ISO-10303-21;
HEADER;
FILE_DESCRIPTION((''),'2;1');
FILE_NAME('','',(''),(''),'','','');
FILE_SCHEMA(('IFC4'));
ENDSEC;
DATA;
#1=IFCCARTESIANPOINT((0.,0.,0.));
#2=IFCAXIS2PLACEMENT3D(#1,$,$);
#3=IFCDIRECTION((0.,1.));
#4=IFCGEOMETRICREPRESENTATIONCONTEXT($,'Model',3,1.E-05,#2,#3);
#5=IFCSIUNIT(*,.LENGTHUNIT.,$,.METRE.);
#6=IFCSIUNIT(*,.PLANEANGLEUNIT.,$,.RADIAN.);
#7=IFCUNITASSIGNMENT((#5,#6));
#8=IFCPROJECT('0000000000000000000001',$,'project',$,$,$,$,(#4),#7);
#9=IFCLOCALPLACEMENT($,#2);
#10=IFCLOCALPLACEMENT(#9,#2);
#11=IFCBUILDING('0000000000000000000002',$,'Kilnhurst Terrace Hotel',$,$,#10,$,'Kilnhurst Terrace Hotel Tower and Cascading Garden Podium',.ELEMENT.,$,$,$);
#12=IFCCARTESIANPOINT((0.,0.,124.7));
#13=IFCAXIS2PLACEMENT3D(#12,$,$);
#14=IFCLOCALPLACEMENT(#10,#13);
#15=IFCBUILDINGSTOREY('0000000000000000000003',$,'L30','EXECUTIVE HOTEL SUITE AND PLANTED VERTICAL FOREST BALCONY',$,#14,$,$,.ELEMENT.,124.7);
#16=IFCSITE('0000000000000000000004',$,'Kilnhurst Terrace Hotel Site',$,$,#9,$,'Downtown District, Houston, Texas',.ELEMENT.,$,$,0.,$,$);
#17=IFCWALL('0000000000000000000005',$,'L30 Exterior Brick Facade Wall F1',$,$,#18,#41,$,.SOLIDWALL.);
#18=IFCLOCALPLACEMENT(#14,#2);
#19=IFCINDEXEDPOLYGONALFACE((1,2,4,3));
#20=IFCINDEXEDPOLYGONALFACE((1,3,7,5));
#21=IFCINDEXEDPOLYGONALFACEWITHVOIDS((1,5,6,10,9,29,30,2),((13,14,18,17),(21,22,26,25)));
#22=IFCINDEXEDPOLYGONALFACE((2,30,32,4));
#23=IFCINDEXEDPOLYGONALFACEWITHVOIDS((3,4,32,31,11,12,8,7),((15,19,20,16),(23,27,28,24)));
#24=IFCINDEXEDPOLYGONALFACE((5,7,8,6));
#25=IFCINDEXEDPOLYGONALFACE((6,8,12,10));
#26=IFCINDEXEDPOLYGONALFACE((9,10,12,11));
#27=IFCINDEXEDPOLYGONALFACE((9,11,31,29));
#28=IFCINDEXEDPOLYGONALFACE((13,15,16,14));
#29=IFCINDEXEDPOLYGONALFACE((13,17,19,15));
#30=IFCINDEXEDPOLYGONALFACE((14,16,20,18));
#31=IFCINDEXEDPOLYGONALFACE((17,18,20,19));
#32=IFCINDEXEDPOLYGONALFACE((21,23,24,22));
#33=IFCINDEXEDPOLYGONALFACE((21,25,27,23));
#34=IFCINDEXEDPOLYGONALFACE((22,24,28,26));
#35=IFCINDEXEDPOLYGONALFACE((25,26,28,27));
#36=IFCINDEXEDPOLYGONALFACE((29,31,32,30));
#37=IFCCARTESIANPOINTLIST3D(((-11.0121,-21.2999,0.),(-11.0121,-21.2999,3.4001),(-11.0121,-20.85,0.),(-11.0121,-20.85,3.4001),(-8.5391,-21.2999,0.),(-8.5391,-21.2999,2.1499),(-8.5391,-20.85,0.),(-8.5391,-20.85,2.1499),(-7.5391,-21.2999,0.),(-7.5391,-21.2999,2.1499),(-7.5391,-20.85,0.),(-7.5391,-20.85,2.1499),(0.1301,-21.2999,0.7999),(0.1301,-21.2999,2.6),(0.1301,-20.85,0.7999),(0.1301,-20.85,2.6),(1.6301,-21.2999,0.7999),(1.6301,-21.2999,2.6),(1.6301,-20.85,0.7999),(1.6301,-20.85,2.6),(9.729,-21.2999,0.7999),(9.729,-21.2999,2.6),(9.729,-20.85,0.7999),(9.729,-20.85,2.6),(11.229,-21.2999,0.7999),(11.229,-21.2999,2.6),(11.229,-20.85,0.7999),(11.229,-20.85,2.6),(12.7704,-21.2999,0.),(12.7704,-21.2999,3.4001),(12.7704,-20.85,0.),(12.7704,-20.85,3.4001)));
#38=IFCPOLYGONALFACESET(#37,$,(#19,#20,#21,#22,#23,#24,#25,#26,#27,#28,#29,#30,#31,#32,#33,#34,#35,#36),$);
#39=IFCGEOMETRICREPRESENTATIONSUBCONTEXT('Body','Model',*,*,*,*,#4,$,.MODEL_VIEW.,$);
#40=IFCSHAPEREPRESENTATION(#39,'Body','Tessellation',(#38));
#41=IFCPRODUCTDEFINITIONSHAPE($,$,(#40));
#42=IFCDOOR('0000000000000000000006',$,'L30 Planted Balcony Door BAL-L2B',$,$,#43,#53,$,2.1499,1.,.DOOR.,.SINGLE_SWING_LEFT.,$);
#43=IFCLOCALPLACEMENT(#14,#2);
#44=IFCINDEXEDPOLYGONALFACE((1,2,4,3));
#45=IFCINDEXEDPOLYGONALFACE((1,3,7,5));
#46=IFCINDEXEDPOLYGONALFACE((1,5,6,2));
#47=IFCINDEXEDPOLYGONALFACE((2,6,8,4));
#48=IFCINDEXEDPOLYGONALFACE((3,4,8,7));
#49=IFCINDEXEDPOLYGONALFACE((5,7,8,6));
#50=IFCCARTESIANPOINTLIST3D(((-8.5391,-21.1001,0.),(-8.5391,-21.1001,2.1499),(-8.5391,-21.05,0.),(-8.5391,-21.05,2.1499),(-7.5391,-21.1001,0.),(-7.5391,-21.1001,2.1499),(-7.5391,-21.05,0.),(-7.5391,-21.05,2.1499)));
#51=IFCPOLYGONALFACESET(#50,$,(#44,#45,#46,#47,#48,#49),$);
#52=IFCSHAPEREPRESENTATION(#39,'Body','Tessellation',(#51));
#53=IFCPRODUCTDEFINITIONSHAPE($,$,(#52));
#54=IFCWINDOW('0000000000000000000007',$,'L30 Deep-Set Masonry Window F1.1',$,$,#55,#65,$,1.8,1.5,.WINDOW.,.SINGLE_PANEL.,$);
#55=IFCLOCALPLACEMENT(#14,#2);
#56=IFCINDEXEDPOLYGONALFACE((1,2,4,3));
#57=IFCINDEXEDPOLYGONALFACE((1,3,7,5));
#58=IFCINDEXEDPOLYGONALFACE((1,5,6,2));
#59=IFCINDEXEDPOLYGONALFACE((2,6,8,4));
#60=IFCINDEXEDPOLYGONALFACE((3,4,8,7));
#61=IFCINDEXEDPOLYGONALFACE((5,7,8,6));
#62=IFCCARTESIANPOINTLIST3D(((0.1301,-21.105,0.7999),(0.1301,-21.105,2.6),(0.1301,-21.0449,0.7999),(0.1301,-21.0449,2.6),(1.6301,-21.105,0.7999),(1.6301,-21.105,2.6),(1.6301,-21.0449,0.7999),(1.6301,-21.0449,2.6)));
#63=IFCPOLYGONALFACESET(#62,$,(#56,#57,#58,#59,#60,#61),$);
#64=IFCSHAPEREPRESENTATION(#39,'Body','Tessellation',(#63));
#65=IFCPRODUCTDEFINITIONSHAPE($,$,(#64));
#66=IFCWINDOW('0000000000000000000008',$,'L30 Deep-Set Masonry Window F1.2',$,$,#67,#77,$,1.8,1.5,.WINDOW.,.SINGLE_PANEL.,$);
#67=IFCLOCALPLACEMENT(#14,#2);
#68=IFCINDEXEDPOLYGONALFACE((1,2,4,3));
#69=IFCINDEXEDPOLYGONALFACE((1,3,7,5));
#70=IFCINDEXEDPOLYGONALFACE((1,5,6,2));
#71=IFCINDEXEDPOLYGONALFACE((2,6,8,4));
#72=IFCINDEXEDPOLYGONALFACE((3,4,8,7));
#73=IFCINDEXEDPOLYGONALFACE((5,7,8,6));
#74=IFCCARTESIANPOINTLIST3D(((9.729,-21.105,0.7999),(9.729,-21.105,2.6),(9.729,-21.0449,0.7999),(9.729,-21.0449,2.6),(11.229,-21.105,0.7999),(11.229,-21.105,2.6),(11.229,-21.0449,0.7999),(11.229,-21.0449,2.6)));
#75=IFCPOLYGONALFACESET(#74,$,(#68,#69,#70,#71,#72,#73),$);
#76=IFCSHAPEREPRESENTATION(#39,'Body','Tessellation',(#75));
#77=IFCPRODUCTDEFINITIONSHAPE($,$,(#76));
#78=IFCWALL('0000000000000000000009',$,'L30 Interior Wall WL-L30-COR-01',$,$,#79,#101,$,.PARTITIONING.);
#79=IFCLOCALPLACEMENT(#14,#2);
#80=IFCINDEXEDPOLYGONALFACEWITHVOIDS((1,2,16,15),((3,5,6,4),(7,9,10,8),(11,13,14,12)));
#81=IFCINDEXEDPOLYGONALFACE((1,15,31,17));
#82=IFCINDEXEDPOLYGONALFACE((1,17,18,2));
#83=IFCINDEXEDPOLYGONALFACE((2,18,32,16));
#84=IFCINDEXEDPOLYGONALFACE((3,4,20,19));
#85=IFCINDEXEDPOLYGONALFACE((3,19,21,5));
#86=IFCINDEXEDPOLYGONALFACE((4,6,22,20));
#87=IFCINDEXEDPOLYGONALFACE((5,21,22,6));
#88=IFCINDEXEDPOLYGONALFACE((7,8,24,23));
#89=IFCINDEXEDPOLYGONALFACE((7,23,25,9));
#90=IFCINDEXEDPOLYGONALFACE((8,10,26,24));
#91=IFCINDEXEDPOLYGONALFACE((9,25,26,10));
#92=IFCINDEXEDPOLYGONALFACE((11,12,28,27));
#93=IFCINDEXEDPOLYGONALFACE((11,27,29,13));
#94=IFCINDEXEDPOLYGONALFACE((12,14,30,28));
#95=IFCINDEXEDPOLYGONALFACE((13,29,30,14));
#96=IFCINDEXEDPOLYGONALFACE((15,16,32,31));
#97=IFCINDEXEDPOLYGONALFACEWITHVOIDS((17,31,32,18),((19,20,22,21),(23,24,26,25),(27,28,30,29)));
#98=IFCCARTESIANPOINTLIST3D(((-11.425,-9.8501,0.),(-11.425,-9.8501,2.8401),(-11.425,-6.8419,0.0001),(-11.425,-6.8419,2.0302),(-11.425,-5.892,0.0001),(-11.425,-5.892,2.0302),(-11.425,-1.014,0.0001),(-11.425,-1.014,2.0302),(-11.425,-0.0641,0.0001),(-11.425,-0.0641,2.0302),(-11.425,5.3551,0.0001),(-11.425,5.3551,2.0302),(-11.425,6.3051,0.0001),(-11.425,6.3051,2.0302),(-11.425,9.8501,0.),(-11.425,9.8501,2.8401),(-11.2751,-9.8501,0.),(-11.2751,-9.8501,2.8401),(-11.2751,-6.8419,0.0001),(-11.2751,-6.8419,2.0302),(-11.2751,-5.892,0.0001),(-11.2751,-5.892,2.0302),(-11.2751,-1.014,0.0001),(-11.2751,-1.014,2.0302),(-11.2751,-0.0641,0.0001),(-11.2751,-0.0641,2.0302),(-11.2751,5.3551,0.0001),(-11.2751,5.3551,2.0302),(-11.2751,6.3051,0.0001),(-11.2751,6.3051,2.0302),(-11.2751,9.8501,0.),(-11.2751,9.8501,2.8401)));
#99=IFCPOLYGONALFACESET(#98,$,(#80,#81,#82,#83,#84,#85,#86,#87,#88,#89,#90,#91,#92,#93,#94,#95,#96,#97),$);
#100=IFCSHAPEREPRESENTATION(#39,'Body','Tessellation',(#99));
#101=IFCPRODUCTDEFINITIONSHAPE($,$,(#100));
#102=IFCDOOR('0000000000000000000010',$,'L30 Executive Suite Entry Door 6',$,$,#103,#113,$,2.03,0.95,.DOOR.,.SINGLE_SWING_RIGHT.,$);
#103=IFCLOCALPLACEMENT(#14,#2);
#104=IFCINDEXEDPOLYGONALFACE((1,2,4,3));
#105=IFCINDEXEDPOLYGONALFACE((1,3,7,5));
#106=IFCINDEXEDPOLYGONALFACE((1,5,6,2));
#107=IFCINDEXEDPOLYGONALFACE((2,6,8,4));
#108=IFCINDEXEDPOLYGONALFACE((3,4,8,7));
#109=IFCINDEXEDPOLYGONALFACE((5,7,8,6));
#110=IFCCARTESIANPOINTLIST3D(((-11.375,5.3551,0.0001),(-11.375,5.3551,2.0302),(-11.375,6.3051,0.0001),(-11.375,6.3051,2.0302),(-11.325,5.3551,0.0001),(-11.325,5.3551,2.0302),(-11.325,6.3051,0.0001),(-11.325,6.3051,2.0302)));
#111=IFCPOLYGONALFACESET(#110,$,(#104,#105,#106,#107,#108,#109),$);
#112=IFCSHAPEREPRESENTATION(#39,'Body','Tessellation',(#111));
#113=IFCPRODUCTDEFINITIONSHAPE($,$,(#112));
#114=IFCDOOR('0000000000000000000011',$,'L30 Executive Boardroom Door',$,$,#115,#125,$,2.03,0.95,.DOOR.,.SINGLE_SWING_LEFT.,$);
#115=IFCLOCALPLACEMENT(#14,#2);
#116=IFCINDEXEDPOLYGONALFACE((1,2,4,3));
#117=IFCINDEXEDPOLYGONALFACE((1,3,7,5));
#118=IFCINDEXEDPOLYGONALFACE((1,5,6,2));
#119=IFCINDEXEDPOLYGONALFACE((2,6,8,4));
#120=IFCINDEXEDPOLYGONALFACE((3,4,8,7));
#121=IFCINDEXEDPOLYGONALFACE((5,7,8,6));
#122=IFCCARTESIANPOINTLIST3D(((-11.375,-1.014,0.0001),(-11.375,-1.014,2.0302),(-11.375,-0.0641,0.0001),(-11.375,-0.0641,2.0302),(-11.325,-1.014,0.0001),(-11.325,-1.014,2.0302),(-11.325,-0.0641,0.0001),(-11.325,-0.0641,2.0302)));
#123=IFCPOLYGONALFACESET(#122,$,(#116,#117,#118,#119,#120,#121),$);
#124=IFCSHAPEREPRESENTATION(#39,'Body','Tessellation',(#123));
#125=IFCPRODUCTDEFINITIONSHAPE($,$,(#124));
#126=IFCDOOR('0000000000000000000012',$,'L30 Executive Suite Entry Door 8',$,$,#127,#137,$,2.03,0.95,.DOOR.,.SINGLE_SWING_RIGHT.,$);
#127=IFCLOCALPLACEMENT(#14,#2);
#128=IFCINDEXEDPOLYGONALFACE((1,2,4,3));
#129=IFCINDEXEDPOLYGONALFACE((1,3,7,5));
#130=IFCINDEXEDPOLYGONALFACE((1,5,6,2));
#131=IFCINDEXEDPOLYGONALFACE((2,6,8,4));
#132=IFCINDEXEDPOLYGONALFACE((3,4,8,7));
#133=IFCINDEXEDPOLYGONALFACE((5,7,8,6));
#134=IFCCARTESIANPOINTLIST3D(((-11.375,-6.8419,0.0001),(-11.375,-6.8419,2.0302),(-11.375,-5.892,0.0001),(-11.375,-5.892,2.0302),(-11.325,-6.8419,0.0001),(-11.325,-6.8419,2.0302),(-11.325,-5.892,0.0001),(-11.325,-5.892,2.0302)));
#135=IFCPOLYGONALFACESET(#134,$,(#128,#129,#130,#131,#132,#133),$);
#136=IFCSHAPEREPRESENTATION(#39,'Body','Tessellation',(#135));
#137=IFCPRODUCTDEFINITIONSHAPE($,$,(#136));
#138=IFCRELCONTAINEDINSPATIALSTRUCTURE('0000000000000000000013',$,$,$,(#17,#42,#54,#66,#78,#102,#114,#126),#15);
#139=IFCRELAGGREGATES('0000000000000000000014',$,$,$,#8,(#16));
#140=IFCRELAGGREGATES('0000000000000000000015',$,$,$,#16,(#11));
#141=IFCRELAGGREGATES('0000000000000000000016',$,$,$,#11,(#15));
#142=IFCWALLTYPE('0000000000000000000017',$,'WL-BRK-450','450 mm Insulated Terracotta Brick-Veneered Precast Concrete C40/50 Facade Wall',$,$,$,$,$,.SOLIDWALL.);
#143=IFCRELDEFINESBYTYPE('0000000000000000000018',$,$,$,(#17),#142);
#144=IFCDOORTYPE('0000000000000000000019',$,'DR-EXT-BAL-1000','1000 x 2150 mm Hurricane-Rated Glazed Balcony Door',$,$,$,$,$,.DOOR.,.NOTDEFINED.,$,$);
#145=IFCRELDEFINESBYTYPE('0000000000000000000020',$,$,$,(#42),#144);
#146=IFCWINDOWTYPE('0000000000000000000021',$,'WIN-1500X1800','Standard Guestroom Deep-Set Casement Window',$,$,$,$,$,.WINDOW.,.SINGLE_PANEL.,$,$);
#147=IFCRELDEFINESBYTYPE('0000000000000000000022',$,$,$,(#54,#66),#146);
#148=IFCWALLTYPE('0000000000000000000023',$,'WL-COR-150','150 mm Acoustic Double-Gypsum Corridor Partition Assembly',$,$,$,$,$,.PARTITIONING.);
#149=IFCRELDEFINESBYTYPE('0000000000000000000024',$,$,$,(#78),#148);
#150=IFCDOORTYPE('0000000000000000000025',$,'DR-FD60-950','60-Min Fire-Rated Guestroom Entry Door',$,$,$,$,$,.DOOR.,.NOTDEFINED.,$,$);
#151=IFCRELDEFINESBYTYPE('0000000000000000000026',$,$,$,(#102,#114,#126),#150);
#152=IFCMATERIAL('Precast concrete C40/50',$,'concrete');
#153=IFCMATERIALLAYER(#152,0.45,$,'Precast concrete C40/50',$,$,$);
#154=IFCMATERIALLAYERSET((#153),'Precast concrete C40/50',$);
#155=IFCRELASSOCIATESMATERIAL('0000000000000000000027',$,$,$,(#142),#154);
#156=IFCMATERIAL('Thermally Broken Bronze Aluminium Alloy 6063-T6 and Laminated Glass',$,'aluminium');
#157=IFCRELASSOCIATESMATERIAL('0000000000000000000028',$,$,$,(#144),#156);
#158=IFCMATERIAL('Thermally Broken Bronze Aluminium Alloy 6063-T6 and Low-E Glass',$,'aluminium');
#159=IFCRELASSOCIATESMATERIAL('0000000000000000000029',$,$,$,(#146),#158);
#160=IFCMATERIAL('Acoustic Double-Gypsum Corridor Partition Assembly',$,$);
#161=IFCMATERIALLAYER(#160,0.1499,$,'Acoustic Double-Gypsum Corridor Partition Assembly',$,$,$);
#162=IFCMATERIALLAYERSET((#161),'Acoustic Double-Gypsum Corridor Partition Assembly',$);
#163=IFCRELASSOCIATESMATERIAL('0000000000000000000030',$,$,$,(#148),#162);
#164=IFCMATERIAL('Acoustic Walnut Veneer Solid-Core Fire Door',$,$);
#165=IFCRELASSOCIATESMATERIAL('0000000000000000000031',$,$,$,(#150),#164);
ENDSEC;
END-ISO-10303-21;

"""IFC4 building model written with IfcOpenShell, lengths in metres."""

from ifc_helpers import new_model, si_unit, direction, frame, frame_2d, origin, place, context, subcontext, project, spatial, rectangle, extrude, material, layer, layer_set, type_object, element, fill, save


model = new_model("IFC4")

# Units and contexts
model_context = context("Model", 3, precision=1e-05, world=origin(), true_north=direction((0.0, 1.0)))
body_context = subcontext(model_context, "Body", "Model", "MODEL_VIEW")
ifc_project = project(units=[si_unit("LENGTHUNIT", "METRE"), si_unit("PLANEANGLEUNIT", "RADIAN")], contexts=[model_context])

# Site, building, storey
site_placement = place(None, origin())
site = spatial("IfcSite", under=ifc_project, at=site_placement, Name="Kilnhurst Terrace Hotel Site", LongName="Downtown District, Houston, Texas", CompositionType="ELEMENT", RefElevation=0.0)
building_placement = place(site_placement, origin())
building = spatial("IfcBuilding", under=site, at=building_placement, Name="Kilnhurst Terrace Hotel", LongName="Kilnhurst Terrace Hotel Tower and Cascading Garden Podium", CompositionType="ELEMENT")
storey_placement = place(building_placement, frame((0.0, 0.0, 124.7)))
storey = spatial("IfcBuildingStorey", under=building, at=storey_placement, Name="L30", Description="EXECUTIVE HOTEL SUITE AND PLANTED VERTICAL FOREST BALCONY", CompositionType="ELEMENT", Elevation=124.7)

# Shared definitions
ifc_material_1 = material(Name="Precast concrete C40/50", Category="concrete")
ifc_layer_1 = layer(ifc_material_1, 0.45, Name="Precast concrete C40/50")
ifc_layer_set_1 = layer_set([ifc_layer_1], Name="Precast concrete C40/50")
wall_type_1 = type_object("IfcWallType", Name="WL-BRK-450", Description="450 mm Insulated Terracotta Brick-Veneered Precast Concrete C40/50 Facade Wall", PredefinedType="SOLIDWALL", material=ifc_layer_set_1)

# Wall, openings, door, windows
wall_1_placement = place(storey_placement, frame((-11.012, -21.075, 0.0), z_axis=(0.0, 0.0, 1.0), x_axis=(1.0, 0.0, 0.0)))
wall_1 = element("IfcWall", 1, at=wall_1_placement, inside=storey, type_object=wall_type_1, Name="L30 Exterior Brick Facade Wall F1", PredefinedType="SOLIDWALL", context=body_context, shape_type="SweptSolid", body=[
    extrude(rectangle(XDim=23.7825, YDim=0.45, at=frame_2d((11.8911, 0.0))), origin(), (0.0, 0.0, 1.0), 3.4001),
])
opening_1_placement = place(wall_1_placement, frame((2.4729, 0.0, 0.0)))
opening_1 = element("IfcOpeningElement", 2, at=opening_1_placement, cuts=wall_1, PredefinedType="OPENING", context=body_context, shape_type="SweptSolid", body=[
    extrude(rectangle(XDim=1.0, YDim=2.1499, at=frame_2d((0.5, 1.075))), frame((0.0, 0.2349, 0.0), z_axis=(0.0, -1.0, 0.0), x_axis=(1.0, 0.0, 0.0)), (0.0, 0.0, 1.0), 0.47),
])
opening_2_placement = place(wall_1_placement, frame((11.1421, 0.0, 0.8)))
opening_2 = element("IfcOpeningElement", 3, at=opening_2_placement, cuts=wall_1, PredefinedType="OPENING", context=body_context, shape_type="SweptSolid", body=[
    extrude(rectangle(XDim=1.5, YDim=1.8, at=frame_2d((0.75, 0.8999))), frame((0.0, 0.2349, 0.0), z_axis=(0.0, -1.0, 0.0), x_axis=(1.0, 0.0, 0.0)), (0.0, 0.0, 1.0), 0.47),
])
opening_3_placement = place(wall_1_placement, frame((20.741, 0.0, 0.8)))
opening_3 = element("IfcOpeningElement", 4, at=opening_3_placement, cuts=wall_1, PredefinedType="OPENING", context=body_context, shape_type="SweptSolid", body=[
    extrude(rectangle(XDim=1.5, YDim=1.8, at=frame_2d((0.75, 0.8999))), frame((0.0, 0.2349, 0.0), z_axis=(0.0, -1.0, 0.0), x_axis=(1.0, 0.0, 0.0)), (0.0, 0.0, 1.0), 0.47),
])
ifc_material_2 = material(Name="Thermally Broken Bronze Aluminium Alloy 6063-T6 and Laminated Glass", Category="aluminium")
door_type_1 = type_object("IfcDoorType", Name="DR-EXT-BAL-1000", Description="1000 x 2150 mm Hurricane-Rated Glazed Balcony Door", OperationType="NOTDEFINED", PredefinedType="DOOR", material=ifc_material_2)
door_1_placement = place(opening_1_placement, origin())
door_1 = element("IfcDoor", 5, at=door_1_placement, inside=storey, type_object=door_type_1, Name="L30 Planted Balcony Door BAL-L2B", OperationType="SINGLE_SWING_LEFT", OverallHeight=2.1499, OverallWidth=1.0, PredefinedType="DOOR", context=body_context, shape_type="SweptSolid", body=[
    extrude(rectangle(XDim=1.0, YDim=2.1499, at=frame_2d((0.5, 1.075))), frame((0.0, 0.0249, 0.0), z_axis=(0.0, -1.0, 0.0), x_axis=(1.0, 0.0, 0.0)), (0.0, 0.0, 1.0), 0.05),
])
fill(opening_1, door_1)
ifc_material_3 = material(Name="Thermally Broken Bronze Aluminium Alloy 6063-T6 and Low-E Glass", Category="aluminium")
window_type = type_object("IfcWindowType", Name="WIN-1500X1800", Description="Standard Guestroom Deep-Set Casement Window", PartitioningType="SINGLE_PANEL", PredefinedType="WINDOW", material=ifc_material_3)
window_1_placement = place(opening_2_placement, origin())
window_1 = element("IfcWindow", 6, at=window_1_placement, inside=storey, type_object=window_type, Name="L30 Deep-Set Masonry Window F1.1", OverallHeight=1.8, OverallWidth=1.5, PartitioningType="SINGLE_PANEL", PredefinedType="WINDOW", context=body_context, shape_type="SweptSolid", body=[
    extrude(rectangle(XDim=1.5, YDim=1.8, at=frame_2d((0.75, 0.8999))), frame((0.0, 0.03, 0.0), z_axis=(0.0, -1.0, 0.0), x_axis=(1.0, 0.0, 0.0)), (0.0, 0.0, 1.0), 0.0601),
])
fill(opening_2, window_1)
window_2_placement = place(opening_3_placement, origin())
window_2 = element("IfcWindow", 7, at=window_2_placement, inside=storey, type_object=window_type, Name="L30 Deep-Set Masonry Window F1.2", OverallHeight=1.8, OverallWidth=1.5, PartitioningType="SINGLE_PANEL", PredefinedType="WINDOW", context=body_context, shape_type="SweptSolid", body=[
    extrude(rectangle(XDim=1.5, YDim=1.8, at=frame_2d((0.75, 0.8999))), frame((0.0, 0.03, 0.0), z_axis=(0.0, -1.0, 0.0), x_axis=(1.0, 0.0, 0.0)), (0.0, 0.0, 1.0), 0.0601),
])
fill(opening_3, window_2)

# Wall, openings, doors
ifc_material_4 = material(Name="Acoustic Double-Gypsum Corridor Partition Assembly")
ifc_layer_2 = layer(ifc_material_4, 0.1499, Name="Acoustic Double-Gypsum Corridor Partition Assembly")
ifc_layer_set_2 = layer_set([ifc_layer_2], Name="Acoustic Double-Gypsum Corridor Partition Assembly")
wall_type_2 = type_object("IfcWallType", Name="WL-COR-150", Description="150 mm Acoustic Double-Gypsum Corridor Partition Assembly", PredefinedType="PARTITIONING", material=ifc_layer_set_2)
wall_2_placement = place(storey_placement, frame((-11.3501, -9.8501, 0.0), z_axis=(0.0, 0.0, 1.0), x_axis=(0.0, 1.0, 0.0)))
wall_2 = element("IfcWall", 8, at=wall_2_placement, inside=storey, type_object=wall_type_2, Name="L30 Interior Wall WL-L30-COR-01", PredefinedType="PARTITIONING", context=body_context, shape_type="SweptSolid", body=[
    extrude(rectangle(XDim=19.7002, YDim=0.1499, at=frame_2d((9.8501, 0.0))), origin(), (0.0, 0.0, 1.0), 2.8401),
])
opening_4_placement = place(wall_2_placement, frame((15.2051, 0.0, 0.0)))
opening_4 = element("IfcOpeningElement", 9, at=opening_4_placement, cuts=wall_2, PredefinedType="OPENING", context=body_context, shape_type="SweptSolid", body=[
    extrude(rectangle(XDim=0.95, YDim=2.03, at=frame_2d((0.4751, 1.0151))), frame((0.0, 0.085, 0.0), z_axis=(0.0, -1.0, 0.0), x_axis=(1.0, 0.0, 0.0)), (0.0, 0.0, 1.0), 0.1699),
])
opening_5_placement = place(wall_2_placement, frame((8.8359, 0.0, 0.0)))
opening_5 = element("IfcOpeningElement", 10, at=opening_5_placement, cuts=wall_2, PredefinedType="OPENING", context=body_context, shape_type="SweptSolid", body=[
    extrude(rectangle(XDim=0.95, YDim=2.03, at=frame_2d((0.4751, 1.0151))), frame((0.0, 0.085, 0.0), z_axis=(0.0, -1.0, 0.0), x_axis=(1.0, 0.0, 0.0)), (0.0, 0.0, 1.0), 0.1699),
])
opening_6_placement = place(wall_2_placement, frame((3.0081, 0.0, 0.0)))
opening_6 = element("IfcOpeningElement", 11, at=opening_6_placement, cuts=wall_2, PredefinedType="OPENING", context=body_context, shape_type="SweptSolid", body=[
    extrude(rectangle(XDim=0.95, YDim=2.03, at=frame_2d((0.4751, 1.0151))), frame((0.0, 0.085, 0.0), z_axis=(0.0, -1.0, 0.0), x_axis=(1.0, 0.0, 0.0)), (0.0, 0.0, 1.0), 0.1699),
])
ifc_material_5 = material(Name="Acoustic Walnut Veneer Solid-Core Fire Door")
door_type_2 = type_object("IfcDoorType", Name="DR-FD60-950", Description="60-Min Fire-Rated Guestroom Entry Door", OperationType="NOTDEFINED", PredefinedType="DOOR", material=ifc_material_5)
door_2_placement = place(opening_4_placement, origin())
door_2 = element("IfcDoor", 12, at=door_2_placement, inside=storey, type_object=door_type_2, Name="L30 Executive Suite Entry Door 6", OperationType="SINGLE_SWING_RIGHT", OverallHeight=2.03, OverallWidth=0.95, PredefinedType="DOOR", context=body_context, shape_type="SweptSolid", body=[
    extrude(rectangle(XDim=0.95, YDim=2.03, at=frame_2d((0.4751, 1.0151))), frame((0.0, 0.0249, 0.0), z_axis=(0.0, -1.0, 0.0), x_axis=(1.0, 0.0, 0.0)), (0.0, 0.0, 1.0), 0.05),
])
fill(opening_4, door_2)
door_3_placement = place(opening_5_placement, origin())
door_3 = element("IfcDoor", 13, at=door_3_placement, inside=storey, type_object=door_type_2, Name="L30 Executive Boardroom Door", OperationType="SINGLE_SWING_LEFT", OverallHeight=2.03, OverallWidth=0.95, PredefinedType="DOOR", context=body_context, shape_type="SweptSolid", body=[
    extrude(rectangle(XDim=0.95, YDim=2.03, at=frame_2d((0.4751, 1.0151))), frame((0.0, 0.0249, 0.0), z_axis=(0.0, -1.0, 0.0), x_axis=(1.0, 0.0, 0.0)), (0.0, 0.0, 1.0), 0.05),
])
fill(opening_5, door_3)
door_4_placement = place(opening_6_placement, origin())
door_4 = element("IfcDoor", 14, at=door_4_placement, inside=storey, type_object=door_type_2, Name="L30 Executive Suite Entry Door 8", OperationType="SINGLE_SWING_RIGHT", OverallHeight=2.03, OverallWidth=0.95, PredefinedType="DOOR", context=body_context, shape_type="SweptSolid", body=[
    extrude(rectangle(XDim=0.95, YDim=2.03, at=frame_2d((0.4751, 1.0151))), frame((0.0, 0.0249, 0.0), z_axis=(0.0, -1.0, 0.0), x_axis=(1.0, 0.0, 0.0)), (0.0, 0.0, 1.0), 0.05),
])
fill(opening_6, door_4)

save(model, "model.ifc")
